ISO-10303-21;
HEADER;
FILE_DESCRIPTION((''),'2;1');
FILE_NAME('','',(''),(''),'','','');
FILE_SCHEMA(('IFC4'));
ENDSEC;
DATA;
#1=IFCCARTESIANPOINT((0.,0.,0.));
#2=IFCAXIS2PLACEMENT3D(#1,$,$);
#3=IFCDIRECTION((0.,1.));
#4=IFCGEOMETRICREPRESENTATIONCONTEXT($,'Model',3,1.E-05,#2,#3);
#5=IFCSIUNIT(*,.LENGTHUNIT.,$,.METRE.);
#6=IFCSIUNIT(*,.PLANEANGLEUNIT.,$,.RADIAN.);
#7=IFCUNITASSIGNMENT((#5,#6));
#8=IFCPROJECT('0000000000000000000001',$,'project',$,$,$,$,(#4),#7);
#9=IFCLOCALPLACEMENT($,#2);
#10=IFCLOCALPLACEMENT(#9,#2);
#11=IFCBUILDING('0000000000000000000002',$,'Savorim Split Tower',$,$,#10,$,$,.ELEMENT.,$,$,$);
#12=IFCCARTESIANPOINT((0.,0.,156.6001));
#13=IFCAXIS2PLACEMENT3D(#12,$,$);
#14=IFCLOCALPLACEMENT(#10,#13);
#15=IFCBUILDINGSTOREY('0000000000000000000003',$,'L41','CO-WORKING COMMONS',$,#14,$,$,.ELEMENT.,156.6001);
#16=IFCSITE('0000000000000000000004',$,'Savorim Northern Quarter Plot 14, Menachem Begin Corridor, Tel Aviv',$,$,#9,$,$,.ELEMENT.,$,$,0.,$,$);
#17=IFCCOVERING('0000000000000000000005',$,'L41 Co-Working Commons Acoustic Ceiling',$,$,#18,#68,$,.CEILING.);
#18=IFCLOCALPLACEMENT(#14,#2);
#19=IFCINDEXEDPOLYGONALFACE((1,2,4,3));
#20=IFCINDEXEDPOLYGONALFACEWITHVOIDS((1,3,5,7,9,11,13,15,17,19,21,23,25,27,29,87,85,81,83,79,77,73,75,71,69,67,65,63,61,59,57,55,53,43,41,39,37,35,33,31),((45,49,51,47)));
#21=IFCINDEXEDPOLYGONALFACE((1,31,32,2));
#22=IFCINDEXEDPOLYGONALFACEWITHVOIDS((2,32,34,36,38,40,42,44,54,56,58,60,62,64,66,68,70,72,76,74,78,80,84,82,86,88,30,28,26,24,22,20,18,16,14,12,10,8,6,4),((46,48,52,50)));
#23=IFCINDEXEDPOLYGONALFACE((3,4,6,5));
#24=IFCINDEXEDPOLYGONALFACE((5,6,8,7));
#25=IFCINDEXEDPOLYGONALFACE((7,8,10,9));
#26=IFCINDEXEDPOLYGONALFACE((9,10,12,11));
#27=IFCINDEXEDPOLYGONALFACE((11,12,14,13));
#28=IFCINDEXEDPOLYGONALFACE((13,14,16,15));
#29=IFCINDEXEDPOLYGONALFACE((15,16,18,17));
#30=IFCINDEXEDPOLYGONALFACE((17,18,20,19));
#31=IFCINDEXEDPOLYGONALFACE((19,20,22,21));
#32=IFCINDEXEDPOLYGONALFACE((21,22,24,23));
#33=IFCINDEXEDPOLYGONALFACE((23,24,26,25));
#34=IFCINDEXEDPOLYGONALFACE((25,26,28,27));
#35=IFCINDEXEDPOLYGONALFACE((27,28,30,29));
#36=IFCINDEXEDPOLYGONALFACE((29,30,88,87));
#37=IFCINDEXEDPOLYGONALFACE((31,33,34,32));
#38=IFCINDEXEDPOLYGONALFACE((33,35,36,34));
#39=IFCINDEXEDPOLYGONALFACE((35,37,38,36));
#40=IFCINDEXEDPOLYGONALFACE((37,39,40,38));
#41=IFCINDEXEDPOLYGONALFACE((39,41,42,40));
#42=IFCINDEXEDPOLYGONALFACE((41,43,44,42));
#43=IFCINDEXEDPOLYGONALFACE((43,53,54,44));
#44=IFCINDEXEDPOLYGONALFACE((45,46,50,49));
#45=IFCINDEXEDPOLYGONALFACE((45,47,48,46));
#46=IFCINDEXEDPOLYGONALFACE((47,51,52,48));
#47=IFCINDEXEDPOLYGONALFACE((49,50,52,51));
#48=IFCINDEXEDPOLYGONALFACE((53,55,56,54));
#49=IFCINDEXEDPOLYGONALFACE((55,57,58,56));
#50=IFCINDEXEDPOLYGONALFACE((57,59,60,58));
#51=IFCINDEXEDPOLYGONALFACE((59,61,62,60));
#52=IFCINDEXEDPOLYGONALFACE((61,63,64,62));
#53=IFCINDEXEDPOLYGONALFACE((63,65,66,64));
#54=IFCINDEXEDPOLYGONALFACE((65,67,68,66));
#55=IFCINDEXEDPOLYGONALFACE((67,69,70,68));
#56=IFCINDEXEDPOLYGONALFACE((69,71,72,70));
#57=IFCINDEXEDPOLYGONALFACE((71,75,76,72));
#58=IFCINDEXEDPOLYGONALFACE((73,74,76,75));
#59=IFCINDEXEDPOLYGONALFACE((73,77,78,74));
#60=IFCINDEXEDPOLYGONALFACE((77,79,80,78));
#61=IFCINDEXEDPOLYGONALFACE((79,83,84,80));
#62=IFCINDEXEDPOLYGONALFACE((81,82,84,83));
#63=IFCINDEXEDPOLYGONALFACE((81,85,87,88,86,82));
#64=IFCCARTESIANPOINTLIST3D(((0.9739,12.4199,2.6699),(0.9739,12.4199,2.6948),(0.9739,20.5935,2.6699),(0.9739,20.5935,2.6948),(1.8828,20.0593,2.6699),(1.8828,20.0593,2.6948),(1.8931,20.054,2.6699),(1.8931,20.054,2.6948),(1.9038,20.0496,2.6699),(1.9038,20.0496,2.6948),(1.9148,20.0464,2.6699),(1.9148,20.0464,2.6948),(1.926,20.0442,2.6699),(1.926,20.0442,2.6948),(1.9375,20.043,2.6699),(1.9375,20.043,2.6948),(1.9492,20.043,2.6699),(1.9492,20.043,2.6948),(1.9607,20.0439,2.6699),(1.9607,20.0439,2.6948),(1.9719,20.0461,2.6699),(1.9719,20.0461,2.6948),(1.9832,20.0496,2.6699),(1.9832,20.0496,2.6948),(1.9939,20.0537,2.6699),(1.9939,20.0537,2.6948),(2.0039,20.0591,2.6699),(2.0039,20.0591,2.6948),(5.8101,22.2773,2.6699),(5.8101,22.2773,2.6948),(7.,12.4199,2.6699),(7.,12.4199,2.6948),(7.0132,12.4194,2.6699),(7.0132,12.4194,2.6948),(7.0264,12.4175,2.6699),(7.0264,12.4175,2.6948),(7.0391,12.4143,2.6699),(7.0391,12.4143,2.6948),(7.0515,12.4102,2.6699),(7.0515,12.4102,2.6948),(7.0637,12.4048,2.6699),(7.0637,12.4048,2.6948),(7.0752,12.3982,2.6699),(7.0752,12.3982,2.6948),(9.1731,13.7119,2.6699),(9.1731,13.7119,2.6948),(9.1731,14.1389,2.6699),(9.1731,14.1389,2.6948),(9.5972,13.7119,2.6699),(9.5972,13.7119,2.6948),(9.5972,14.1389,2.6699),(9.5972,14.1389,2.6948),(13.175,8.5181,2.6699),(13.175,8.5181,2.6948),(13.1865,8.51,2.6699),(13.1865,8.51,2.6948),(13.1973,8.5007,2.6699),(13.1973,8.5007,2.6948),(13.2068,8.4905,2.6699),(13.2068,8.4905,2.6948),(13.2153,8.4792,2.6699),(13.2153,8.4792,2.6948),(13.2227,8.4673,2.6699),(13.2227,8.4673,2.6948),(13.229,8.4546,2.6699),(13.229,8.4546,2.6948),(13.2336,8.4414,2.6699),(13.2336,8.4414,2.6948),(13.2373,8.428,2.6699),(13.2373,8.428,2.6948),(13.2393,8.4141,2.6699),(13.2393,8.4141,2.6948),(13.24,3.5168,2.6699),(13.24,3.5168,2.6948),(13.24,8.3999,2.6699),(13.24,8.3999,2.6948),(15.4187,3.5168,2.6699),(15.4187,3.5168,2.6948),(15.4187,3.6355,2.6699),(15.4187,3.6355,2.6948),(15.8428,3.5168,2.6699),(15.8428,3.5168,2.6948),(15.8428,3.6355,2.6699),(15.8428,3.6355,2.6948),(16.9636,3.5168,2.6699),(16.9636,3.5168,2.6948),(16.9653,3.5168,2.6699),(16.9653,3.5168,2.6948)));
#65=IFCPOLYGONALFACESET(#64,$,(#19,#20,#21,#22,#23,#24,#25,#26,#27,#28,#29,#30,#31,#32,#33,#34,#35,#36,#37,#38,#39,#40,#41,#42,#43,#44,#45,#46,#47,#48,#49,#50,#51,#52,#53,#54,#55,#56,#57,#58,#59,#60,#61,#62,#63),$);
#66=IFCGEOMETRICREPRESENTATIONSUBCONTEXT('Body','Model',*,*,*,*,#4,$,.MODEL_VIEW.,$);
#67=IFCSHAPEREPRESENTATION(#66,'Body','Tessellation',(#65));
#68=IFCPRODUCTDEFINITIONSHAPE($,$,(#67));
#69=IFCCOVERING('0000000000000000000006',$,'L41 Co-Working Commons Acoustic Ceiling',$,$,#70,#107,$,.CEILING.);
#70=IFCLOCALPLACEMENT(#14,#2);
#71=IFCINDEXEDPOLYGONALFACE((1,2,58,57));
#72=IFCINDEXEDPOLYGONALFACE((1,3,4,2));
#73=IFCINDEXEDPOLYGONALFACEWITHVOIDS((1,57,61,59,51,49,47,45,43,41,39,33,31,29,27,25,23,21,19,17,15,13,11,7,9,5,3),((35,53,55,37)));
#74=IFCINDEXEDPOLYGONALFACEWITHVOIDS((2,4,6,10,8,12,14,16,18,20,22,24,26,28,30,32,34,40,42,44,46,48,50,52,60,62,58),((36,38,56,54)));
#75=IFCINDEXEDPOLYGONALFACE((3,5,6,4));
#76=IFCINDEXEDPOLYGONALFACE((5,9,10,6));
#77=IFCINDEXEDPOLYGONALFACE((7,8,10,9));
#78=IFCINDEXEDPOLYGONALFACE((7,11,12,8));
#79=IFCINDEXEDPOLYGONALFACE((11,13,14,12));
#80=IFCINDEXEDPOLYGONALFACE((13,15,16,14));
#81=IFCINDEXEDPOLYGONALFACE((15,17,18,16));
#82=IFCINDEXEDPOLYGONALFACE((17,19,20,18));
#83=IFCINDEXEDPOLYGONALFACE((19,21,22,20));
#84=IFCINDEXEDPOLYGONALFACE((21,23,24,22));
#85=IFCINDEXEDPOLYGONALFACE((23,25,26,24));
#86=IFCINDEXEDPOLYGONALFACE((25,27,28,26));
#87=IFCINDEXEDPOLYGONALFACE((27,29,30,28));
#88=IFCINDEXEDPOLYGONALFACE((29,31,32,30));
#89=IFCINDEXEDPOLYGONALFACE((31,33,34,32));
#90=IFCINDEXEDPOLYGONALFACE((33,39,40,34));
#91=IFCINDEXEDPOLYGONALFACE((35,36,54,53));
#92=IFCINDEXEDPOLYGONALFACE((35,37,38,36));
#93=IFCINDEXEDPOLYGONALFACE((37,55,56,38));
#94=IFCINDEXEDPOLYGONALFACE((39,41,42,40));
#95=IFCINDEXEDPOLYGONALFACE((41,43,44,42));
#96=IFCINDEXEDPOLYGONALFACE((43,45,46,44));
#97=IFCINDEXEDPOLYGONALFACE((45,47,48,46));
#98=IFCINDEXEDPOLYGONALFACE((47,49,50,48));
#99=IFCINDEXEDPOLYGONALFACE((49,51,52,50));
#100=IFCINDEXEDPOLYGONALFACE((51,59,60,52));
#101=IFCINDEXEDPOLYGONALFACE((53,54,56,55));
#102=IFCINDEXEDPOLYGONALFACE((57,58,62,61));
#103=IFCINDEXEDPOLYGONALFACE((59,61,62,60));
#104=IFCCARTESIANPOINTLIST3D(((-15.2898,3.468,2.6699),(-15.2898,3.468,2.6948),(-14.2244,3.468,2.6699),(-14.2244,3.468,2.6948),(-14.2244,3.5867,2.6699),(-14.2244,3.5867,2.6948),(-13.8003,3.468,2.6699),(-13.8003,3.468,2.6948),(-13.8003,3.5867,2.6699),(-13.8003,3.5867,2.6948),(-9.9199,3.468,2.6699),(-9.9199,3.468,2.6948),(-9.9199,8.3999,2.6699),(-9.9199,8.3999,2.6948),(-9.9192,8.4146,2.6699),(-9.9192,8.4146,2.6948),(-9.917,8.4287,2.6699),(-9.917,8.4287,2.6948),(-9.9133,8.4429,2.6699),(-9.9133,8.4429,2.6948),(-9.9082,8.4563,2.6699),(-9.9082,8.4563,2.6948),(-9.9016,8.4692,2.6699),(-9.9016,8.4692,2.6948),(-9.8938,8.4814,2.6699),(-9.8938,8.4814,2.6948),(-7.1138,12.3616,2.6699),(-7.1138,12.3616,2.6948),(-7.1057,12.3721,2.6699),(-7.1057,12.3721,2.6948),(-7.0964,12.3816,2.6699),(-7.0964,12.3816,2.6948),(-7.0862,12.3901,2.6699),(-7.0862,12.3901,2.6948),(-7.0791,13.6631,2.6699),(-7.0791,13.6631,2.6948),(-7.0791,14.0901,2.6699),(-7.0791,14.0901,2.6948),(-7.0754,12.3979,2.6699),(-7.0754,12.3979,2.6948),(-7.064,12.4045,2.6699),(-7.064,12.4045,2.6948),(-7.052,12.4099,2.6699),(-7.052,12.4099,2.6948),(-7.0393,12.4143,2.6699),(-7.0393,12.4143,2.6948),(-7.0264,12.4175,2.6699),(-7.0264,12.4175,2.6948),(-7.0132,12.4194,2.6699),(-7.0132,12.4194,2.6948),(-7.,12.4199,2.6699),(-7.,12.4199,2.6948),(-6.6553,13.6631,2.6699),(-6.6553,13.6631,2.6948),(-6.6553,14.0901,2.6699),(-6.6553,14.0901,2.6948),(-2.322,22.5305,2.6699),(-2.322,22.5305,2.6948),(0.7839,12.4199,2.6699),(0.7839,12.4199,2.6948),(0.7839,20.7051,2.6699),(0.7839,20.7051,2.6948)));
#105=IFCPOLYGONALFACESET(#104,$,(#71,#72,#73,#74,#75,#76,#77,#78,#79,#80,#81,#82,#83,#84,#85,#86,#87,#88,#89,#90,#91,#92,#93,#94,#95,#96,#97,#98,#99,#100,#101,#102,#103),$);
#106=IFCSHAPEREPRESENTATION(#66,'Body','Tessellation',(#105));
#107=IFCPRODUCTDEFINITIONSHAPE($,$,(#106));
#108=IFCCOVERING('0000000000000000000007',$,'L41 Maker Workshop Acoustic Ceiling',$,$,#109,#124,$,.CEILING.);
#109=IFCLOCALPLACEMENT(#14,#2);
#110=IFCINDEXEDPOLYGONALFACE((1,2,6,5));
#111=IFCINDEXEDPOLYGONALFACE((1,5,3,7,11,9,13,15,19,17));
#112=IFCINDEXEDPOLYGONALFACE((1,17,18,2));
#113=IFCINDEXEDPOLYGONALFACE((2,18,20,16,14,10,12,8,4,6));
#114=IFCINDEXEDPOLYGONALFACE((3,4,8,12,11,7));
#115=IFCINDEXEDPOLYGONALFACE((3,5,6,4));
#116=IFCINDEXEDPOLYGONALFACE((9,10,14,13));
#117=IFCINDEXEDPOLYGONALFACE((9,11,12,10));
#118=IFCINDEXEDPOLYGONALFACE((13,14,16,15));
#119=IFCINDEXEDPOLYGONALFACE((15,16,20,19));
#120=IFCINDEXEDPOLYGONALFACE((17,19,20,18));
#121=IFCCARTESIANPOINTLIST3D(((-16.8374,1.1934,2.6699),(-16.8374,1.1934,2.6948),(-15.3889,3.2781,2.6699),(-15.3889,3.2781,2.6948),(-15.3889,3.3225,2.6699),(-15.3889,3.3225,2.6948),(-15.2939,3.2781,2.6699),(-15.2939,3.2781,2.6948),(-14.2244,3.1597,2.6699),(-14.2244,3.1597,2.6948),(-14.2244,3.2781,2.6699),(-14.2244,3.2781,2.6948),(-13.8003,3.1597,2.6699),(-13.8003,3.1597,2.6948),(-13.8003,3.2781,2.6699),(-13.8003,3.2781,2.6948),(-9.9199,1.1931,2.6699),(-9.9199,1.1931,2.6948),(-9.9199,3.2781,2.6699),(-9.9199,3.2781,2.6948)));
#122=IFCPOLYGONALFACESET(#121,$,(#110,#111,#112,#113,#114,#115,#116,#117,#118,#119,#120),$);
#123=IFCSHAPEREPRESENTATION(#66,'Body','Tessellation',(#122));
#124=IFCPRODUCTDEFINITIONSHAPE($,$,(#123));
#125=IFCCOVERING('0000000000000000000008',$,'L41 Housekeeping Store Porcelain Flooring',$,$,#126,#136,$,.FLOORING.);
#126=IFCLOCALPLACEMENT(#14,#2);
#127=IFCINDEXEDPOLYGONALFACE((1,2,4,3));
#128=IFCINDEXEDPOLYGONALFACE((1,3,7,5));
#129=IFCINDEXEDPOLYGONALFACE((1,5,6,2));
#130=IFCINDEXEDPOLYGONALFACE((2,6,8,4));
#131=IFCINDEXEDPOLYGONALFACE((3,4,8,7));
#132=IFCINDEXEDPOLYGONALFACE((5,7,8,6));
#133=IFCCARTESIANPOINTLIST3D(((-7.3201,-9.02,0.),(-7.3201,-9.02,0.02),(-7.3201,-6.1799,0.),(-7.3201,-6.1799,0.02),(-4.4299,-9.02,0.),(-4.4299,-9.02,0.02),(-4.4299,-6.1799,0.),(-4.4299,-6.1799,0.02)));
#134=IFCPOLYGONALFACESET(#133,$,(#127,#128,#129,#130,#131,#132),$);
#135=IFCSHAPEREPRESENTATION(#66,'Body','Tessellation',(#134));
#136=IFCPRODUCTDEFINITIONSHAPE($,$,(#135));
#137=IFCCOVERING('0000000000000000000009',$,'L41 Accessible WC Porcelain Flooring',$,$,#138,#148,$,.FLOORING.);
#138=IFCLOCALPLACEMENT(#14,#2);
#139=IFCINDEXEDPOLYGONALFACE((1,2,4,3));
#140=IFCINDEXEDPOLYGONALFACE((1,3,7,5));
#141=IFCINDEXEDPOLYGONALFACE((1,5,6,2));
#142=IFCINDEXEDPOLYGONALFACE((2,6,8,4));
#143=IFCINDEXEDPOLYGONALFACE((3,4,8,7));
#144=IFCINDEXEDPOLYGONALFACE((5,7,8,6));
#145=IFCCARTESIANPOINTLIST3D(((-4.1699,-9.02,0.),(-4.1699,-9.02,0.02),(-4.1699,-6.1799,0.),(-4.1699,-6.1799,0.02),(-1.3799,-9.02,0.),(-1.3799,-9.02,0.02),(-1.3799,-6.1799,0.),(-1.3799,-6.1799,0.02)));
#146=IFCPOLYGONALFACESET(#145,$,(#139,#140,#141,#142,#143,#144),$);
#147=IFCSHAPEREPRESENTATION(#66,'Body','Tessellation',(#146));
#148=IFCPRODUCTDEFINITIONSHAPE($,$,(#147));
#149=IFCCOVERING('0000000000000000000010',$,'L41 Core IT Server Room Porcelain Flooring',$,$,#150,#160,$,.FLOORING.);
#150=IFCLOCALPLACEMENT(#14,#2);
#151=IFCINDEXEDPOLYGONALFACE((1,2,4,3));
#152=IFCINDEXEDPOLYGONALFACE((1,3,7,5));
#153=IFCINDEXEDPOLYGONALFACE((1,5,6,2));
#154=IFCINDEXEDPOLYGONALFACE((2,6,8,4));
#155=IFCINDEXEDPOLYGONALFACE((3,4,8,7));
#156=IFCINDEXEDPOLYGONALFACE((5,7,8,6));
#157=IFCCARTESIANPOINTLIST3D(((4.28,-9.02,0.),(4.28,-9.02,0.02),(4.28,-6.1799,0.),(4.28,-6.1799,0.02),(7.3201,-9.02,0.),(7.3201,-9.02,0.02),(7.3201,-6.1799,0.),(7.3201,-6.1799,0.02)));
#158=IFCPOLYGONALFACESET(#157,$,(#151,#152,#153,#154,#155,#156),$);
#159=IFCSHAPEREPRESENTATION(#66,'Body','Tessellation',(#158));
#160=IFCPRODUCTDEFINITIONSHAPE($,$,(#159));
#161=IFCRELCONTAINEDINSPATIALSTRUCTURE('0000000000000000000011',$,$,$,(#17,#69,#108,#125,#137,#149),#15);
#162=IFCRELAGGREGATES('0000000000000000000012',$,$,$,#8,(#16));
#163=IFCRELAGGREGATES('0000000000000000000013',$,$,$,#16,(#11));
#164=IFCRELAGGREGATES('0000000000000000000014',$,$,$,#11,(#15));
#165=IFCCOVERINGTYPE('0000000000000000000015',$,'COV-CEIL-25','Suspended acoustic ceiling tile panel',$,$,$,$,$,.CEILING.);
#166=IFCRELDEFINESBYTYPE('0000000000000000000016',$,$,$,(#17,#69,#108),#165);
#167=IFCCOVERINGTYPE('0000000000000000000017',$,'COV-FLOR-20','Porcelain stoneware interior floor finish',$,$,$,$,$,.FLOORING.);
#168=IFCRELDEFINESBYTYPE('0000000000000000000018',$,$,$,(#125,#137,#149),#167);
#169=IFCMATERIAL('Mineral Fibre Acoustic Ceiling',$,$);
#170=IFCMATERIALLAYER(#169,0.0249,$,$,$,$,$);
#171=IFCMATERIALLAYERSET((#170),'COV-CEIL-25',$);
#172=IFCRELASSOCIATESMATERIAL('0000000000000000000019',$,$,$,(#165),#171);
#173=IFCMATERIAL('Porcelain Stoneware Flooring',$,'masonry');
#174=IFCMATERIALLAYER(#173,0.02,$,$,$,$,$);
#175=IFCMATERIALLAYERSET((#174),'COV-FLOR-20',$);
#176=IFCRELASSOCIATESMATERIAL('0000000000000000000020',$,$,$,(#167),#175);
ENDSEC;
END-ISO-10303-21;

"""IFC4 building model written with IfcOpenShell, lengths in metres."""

from ifc_helpers import new_model, si_unit, direction, frame, origin, place, context, subcontext, project, spatial, polyline, outline, extrude, material, layer, layer_set, type_object, element, save


model = new_model("IFC4")

# Units and contexts
model_context = context("Model", 3, precision=1e-05, world=origin(), true_north=direction((0.0, 1.0)))
body_context = subcontext(model_context, "Body", "Model", "MODEL_VIEW")
ifc_project = project(units=[si_unit("LENGTHUNIT", "METRE"), si_unit("PLANEANGLEUNIT", "RADIAN")], contexts=[model_context])

# Site, building, storey
site_placement = place(None, origin())
site = spatial("IfcSite", under=ifc_project, at=site_placement, Name="Savorim Northern Quarter Plot 14, Menachem Begin Corridor, Tel Aviv", CompositionType="ELEMENT", RefElevation=0.0)
building_placement = place(site_placement, origin())
building = spatial("IfcBuilding", under=site, at=building_placement, Name="Savorim Split Tower", CompositionType="ELEMENT")
storey_placement = place(building_placement, frame((0.0, 0.0, 156.6001)))
storey = spatial("IfcBuildingStorey", under=building, at=storey_placement, Name="L41", Description="CO-WORKING COMMONS", CompositionType="ELEMENT", Elevation=156.6001)

# Coverings
ifc_material_1 = material(Name="Mineral Fibre Acoustic Ceiling")
ifc_layer_1 = layer(ifc_material_1, 0.0249)
ifc_layer_set_1 = layer_set([ifc_layer_1], Name="COV-CEIL-25")
covering_type_1 = type_object("IfcCoveringType", Name="COV-CEIL-25", Description="Suspended acoustic ceiling tile panel", PredefinedType="CEILING", material=ifc_layer_set_1)
covering_1_placement = place(storey_placement, frame((0.0, 0.0, 2.6699)))
element("IfcCovering", 1, at=covering_1_placement, inside=storey, type_object=covering_type_1, Name="L41 Co-Working Commons Acoustic Ceiling", PredefinedType="CEILING", context=body_context, shape_type="SweptSolid", body=[
    extrude(outline(polyline([(1.9038, 20.0496), (1.8931, 20.054), (1.8828, 20.0593), (0.9739, 20.5935), (0.9739, 12.4199), (7.0, 12.4199), (7.0132, 12.4194), (7.0264, 12.4175), (7.0391, 12.4143), (7.0515, 12.4102), (7.0637, 12.4048), (7.0752, 12.3982), (13.175, 8.5181), (13.1865, 8.51), (13.1973, 8.5007), (13.2068, 8.4905), (13.2153, 8.4792), (13.2227, 8.4673), (13.229, 8.4546), (13.2336, 8.4414), (13.2373, 8.428), (13.2393, 8.4141), (13.24, 8.3999), (13.24, 3.5168), (15.4187, 3.5168), (15.4187, 3.6355), (15.8428, 3.6355), (15.8428, 3.5168), (16.9636, 3.5168), (16.9653, 3.5168), (5.8101, 22.2773), (2.0039, 20.0591), (1.9939, 20.0537), (1.9832, 20.0496), (1.9719, 20.0461), (1.9607, 20.0439), (1.9492, 20.043), (1.9375, 20.043), (1.926, 20.0442), (1.9148, 20.0464), (1.9038, 20.0496)]), holes=[polyline([(9.5972, 14.1389), (9.1731, 14.1389), (9.1731, 13.7119), (9.5972, 13.7119), (9.5972, 14.1389)])]), origin(), (0.0, 0.0, 1.0), 0.0249),
])
covering_2_placement = place(storey_placement, frame((0.0, 0.0, 2.6699)))
element("IfcCovering", 2, at=covering_2_placement, inside=storey, type_object=covering_type_1, Name="L41 Co-Working Commons Acoustic Ceiling", PredefinedType="CEILING", context=body_context, shape_type="SweptSolid", body=[
    extrude(outline(polyline([(-7.0, 12.4199), (0.7839, 12.4199), (0.7839, 20.7051), (-2.322, 22.5305), (-15.2898, 3.468), (-14.2244, 3.468), (-14.2244, 3.5867), (-13.8003, 3.5867), (-13.8003, 3.468), (-9.9199, 3.468), (-9.9199, 8.3999), (-9.9192, 8.4146), (-9.917, 8.4287), (-9.9133, 8.4429), (-9.9082, 8.4563), (-9.9016, 8.4692), (-9.8938, 8.4814), (-7.1138, 12.3616), (-7.1057, 12.3721), (-7.0964, 12.3816), (-7.0862, 12.3901), (-7.0754, 12.3979), (-7.064, 12.4045), (-7.052, 12.4099), (-7.0393, 12.4143), (-7.0264, 12.4175), (-7.0132, 12.4194), (-7.0, 12.4199)]), holes=[polyline([(-6.6553, 14.0901), (-7.0791, 14.0901), (-7.0791, 13.6631), (-6.6553, 13.6631), (-6.6553, 14.0901)])]), origin(), (0.0, 0.0, 1.0), 0.0249),
])
covering_3_placement = place(storey_placement, frame((0.0, 0.0, 2.6699)))
element("IfcCovering", 3, at=covering_3_placement, inside=storey, type_object=covering_type_1, Name="L41 Maker Workshop Acoustic Ceiling", PredefinedType="CEILING", context=body_context, shape_type="SweptSolid", body=[
    extrude(outline(polyline([(-14.2244, 3.2781), (-15.2939, 3.2781), (-15.3889, 3.2781), (-15.3889, 3.3225), (-16.8374, 1.1934), (-9.9199, 1.1931), (-9.9199, 3.2781), (-13.8003, 3.2781), (-13.8003, 3.1597), (-14.2244, 3.1597), (-14.2244, 3.2781)])), origin(), (0.0, 0.0, 1.0), 0.0249),
])
ifc_material_2 = material(Name="Porcelain Stoneware Flooring", Category="masonry")
ifc_layer_2 = layer(ifc_material_2, 0.02)
ifc_layer_set_2 = layer_set([ifc_layer_2], Name="COV-FLOR-20")
covering_type_2 = type_object("IfcCoveringType", Name="COV-FLOR-20", Description="Porcelain stoneware interior floor finish", PredefinedType="FLOORING", material=ifc_layer_set_2)
covering_4_placement = place(storey_placement, origin())
element("IfcCovering", 4, at=covering_4_placement, inside=storey, type_object=covering_type_2, Name="L41 Housekeeping Store Porcelain Flooring", PredefinedType="FLOORING", context=body_context, shape_type="SweptSolid", body=[
    extrude(outline(polyline([(-7.3201, -6.1799), (-7.3201, -9.02), (-4.4299, -9.02), (-4.4299, -6.1799), (-7.3201, -6.1799)])), origin(), (0.0, 0.0, 1.0), 0.02),
])
covering_5_placement = place(storey_placement, origin())
element("IfcCovering", 5, at=covering_5_placement, inside=storey, type_object=covering_type_2, Name="L41 Accessible WC Porcelain Flooring", PredefinedType="FLOORING", context=body_context, shape_type="SweptSolid", body=[
    extrude(outline(polyline([(-4.1699, -6.1799), (-4.1699, -9.02), (-1.3799, -9.02), (-1.3799, -6.1799), (-4.1699, -6.1799)])), origin(), (0.0, 0.0, 1.0), 0.02),
])
covering_6_placement = place(storey_placement, origin())
element("IfcCovering", 6, at=covering_6_placement, inside=storey, type_object=covering_type_2, Name="L41 Core IT Server Room Porcelain Flooring", PredefinedType="FLOORING", context=body_context, shape_type="SweptSolid", body=[
    extrude(outline(polyline([(4.28, -6.1799), (4.28, -9.02), (7.3201, -9.02), (7.3201, -6.1799), (4.28, -6.1799)])), origin(), (0.0, 0.0, 1.0), 0.02),
])

save(model, "model.ifc")
